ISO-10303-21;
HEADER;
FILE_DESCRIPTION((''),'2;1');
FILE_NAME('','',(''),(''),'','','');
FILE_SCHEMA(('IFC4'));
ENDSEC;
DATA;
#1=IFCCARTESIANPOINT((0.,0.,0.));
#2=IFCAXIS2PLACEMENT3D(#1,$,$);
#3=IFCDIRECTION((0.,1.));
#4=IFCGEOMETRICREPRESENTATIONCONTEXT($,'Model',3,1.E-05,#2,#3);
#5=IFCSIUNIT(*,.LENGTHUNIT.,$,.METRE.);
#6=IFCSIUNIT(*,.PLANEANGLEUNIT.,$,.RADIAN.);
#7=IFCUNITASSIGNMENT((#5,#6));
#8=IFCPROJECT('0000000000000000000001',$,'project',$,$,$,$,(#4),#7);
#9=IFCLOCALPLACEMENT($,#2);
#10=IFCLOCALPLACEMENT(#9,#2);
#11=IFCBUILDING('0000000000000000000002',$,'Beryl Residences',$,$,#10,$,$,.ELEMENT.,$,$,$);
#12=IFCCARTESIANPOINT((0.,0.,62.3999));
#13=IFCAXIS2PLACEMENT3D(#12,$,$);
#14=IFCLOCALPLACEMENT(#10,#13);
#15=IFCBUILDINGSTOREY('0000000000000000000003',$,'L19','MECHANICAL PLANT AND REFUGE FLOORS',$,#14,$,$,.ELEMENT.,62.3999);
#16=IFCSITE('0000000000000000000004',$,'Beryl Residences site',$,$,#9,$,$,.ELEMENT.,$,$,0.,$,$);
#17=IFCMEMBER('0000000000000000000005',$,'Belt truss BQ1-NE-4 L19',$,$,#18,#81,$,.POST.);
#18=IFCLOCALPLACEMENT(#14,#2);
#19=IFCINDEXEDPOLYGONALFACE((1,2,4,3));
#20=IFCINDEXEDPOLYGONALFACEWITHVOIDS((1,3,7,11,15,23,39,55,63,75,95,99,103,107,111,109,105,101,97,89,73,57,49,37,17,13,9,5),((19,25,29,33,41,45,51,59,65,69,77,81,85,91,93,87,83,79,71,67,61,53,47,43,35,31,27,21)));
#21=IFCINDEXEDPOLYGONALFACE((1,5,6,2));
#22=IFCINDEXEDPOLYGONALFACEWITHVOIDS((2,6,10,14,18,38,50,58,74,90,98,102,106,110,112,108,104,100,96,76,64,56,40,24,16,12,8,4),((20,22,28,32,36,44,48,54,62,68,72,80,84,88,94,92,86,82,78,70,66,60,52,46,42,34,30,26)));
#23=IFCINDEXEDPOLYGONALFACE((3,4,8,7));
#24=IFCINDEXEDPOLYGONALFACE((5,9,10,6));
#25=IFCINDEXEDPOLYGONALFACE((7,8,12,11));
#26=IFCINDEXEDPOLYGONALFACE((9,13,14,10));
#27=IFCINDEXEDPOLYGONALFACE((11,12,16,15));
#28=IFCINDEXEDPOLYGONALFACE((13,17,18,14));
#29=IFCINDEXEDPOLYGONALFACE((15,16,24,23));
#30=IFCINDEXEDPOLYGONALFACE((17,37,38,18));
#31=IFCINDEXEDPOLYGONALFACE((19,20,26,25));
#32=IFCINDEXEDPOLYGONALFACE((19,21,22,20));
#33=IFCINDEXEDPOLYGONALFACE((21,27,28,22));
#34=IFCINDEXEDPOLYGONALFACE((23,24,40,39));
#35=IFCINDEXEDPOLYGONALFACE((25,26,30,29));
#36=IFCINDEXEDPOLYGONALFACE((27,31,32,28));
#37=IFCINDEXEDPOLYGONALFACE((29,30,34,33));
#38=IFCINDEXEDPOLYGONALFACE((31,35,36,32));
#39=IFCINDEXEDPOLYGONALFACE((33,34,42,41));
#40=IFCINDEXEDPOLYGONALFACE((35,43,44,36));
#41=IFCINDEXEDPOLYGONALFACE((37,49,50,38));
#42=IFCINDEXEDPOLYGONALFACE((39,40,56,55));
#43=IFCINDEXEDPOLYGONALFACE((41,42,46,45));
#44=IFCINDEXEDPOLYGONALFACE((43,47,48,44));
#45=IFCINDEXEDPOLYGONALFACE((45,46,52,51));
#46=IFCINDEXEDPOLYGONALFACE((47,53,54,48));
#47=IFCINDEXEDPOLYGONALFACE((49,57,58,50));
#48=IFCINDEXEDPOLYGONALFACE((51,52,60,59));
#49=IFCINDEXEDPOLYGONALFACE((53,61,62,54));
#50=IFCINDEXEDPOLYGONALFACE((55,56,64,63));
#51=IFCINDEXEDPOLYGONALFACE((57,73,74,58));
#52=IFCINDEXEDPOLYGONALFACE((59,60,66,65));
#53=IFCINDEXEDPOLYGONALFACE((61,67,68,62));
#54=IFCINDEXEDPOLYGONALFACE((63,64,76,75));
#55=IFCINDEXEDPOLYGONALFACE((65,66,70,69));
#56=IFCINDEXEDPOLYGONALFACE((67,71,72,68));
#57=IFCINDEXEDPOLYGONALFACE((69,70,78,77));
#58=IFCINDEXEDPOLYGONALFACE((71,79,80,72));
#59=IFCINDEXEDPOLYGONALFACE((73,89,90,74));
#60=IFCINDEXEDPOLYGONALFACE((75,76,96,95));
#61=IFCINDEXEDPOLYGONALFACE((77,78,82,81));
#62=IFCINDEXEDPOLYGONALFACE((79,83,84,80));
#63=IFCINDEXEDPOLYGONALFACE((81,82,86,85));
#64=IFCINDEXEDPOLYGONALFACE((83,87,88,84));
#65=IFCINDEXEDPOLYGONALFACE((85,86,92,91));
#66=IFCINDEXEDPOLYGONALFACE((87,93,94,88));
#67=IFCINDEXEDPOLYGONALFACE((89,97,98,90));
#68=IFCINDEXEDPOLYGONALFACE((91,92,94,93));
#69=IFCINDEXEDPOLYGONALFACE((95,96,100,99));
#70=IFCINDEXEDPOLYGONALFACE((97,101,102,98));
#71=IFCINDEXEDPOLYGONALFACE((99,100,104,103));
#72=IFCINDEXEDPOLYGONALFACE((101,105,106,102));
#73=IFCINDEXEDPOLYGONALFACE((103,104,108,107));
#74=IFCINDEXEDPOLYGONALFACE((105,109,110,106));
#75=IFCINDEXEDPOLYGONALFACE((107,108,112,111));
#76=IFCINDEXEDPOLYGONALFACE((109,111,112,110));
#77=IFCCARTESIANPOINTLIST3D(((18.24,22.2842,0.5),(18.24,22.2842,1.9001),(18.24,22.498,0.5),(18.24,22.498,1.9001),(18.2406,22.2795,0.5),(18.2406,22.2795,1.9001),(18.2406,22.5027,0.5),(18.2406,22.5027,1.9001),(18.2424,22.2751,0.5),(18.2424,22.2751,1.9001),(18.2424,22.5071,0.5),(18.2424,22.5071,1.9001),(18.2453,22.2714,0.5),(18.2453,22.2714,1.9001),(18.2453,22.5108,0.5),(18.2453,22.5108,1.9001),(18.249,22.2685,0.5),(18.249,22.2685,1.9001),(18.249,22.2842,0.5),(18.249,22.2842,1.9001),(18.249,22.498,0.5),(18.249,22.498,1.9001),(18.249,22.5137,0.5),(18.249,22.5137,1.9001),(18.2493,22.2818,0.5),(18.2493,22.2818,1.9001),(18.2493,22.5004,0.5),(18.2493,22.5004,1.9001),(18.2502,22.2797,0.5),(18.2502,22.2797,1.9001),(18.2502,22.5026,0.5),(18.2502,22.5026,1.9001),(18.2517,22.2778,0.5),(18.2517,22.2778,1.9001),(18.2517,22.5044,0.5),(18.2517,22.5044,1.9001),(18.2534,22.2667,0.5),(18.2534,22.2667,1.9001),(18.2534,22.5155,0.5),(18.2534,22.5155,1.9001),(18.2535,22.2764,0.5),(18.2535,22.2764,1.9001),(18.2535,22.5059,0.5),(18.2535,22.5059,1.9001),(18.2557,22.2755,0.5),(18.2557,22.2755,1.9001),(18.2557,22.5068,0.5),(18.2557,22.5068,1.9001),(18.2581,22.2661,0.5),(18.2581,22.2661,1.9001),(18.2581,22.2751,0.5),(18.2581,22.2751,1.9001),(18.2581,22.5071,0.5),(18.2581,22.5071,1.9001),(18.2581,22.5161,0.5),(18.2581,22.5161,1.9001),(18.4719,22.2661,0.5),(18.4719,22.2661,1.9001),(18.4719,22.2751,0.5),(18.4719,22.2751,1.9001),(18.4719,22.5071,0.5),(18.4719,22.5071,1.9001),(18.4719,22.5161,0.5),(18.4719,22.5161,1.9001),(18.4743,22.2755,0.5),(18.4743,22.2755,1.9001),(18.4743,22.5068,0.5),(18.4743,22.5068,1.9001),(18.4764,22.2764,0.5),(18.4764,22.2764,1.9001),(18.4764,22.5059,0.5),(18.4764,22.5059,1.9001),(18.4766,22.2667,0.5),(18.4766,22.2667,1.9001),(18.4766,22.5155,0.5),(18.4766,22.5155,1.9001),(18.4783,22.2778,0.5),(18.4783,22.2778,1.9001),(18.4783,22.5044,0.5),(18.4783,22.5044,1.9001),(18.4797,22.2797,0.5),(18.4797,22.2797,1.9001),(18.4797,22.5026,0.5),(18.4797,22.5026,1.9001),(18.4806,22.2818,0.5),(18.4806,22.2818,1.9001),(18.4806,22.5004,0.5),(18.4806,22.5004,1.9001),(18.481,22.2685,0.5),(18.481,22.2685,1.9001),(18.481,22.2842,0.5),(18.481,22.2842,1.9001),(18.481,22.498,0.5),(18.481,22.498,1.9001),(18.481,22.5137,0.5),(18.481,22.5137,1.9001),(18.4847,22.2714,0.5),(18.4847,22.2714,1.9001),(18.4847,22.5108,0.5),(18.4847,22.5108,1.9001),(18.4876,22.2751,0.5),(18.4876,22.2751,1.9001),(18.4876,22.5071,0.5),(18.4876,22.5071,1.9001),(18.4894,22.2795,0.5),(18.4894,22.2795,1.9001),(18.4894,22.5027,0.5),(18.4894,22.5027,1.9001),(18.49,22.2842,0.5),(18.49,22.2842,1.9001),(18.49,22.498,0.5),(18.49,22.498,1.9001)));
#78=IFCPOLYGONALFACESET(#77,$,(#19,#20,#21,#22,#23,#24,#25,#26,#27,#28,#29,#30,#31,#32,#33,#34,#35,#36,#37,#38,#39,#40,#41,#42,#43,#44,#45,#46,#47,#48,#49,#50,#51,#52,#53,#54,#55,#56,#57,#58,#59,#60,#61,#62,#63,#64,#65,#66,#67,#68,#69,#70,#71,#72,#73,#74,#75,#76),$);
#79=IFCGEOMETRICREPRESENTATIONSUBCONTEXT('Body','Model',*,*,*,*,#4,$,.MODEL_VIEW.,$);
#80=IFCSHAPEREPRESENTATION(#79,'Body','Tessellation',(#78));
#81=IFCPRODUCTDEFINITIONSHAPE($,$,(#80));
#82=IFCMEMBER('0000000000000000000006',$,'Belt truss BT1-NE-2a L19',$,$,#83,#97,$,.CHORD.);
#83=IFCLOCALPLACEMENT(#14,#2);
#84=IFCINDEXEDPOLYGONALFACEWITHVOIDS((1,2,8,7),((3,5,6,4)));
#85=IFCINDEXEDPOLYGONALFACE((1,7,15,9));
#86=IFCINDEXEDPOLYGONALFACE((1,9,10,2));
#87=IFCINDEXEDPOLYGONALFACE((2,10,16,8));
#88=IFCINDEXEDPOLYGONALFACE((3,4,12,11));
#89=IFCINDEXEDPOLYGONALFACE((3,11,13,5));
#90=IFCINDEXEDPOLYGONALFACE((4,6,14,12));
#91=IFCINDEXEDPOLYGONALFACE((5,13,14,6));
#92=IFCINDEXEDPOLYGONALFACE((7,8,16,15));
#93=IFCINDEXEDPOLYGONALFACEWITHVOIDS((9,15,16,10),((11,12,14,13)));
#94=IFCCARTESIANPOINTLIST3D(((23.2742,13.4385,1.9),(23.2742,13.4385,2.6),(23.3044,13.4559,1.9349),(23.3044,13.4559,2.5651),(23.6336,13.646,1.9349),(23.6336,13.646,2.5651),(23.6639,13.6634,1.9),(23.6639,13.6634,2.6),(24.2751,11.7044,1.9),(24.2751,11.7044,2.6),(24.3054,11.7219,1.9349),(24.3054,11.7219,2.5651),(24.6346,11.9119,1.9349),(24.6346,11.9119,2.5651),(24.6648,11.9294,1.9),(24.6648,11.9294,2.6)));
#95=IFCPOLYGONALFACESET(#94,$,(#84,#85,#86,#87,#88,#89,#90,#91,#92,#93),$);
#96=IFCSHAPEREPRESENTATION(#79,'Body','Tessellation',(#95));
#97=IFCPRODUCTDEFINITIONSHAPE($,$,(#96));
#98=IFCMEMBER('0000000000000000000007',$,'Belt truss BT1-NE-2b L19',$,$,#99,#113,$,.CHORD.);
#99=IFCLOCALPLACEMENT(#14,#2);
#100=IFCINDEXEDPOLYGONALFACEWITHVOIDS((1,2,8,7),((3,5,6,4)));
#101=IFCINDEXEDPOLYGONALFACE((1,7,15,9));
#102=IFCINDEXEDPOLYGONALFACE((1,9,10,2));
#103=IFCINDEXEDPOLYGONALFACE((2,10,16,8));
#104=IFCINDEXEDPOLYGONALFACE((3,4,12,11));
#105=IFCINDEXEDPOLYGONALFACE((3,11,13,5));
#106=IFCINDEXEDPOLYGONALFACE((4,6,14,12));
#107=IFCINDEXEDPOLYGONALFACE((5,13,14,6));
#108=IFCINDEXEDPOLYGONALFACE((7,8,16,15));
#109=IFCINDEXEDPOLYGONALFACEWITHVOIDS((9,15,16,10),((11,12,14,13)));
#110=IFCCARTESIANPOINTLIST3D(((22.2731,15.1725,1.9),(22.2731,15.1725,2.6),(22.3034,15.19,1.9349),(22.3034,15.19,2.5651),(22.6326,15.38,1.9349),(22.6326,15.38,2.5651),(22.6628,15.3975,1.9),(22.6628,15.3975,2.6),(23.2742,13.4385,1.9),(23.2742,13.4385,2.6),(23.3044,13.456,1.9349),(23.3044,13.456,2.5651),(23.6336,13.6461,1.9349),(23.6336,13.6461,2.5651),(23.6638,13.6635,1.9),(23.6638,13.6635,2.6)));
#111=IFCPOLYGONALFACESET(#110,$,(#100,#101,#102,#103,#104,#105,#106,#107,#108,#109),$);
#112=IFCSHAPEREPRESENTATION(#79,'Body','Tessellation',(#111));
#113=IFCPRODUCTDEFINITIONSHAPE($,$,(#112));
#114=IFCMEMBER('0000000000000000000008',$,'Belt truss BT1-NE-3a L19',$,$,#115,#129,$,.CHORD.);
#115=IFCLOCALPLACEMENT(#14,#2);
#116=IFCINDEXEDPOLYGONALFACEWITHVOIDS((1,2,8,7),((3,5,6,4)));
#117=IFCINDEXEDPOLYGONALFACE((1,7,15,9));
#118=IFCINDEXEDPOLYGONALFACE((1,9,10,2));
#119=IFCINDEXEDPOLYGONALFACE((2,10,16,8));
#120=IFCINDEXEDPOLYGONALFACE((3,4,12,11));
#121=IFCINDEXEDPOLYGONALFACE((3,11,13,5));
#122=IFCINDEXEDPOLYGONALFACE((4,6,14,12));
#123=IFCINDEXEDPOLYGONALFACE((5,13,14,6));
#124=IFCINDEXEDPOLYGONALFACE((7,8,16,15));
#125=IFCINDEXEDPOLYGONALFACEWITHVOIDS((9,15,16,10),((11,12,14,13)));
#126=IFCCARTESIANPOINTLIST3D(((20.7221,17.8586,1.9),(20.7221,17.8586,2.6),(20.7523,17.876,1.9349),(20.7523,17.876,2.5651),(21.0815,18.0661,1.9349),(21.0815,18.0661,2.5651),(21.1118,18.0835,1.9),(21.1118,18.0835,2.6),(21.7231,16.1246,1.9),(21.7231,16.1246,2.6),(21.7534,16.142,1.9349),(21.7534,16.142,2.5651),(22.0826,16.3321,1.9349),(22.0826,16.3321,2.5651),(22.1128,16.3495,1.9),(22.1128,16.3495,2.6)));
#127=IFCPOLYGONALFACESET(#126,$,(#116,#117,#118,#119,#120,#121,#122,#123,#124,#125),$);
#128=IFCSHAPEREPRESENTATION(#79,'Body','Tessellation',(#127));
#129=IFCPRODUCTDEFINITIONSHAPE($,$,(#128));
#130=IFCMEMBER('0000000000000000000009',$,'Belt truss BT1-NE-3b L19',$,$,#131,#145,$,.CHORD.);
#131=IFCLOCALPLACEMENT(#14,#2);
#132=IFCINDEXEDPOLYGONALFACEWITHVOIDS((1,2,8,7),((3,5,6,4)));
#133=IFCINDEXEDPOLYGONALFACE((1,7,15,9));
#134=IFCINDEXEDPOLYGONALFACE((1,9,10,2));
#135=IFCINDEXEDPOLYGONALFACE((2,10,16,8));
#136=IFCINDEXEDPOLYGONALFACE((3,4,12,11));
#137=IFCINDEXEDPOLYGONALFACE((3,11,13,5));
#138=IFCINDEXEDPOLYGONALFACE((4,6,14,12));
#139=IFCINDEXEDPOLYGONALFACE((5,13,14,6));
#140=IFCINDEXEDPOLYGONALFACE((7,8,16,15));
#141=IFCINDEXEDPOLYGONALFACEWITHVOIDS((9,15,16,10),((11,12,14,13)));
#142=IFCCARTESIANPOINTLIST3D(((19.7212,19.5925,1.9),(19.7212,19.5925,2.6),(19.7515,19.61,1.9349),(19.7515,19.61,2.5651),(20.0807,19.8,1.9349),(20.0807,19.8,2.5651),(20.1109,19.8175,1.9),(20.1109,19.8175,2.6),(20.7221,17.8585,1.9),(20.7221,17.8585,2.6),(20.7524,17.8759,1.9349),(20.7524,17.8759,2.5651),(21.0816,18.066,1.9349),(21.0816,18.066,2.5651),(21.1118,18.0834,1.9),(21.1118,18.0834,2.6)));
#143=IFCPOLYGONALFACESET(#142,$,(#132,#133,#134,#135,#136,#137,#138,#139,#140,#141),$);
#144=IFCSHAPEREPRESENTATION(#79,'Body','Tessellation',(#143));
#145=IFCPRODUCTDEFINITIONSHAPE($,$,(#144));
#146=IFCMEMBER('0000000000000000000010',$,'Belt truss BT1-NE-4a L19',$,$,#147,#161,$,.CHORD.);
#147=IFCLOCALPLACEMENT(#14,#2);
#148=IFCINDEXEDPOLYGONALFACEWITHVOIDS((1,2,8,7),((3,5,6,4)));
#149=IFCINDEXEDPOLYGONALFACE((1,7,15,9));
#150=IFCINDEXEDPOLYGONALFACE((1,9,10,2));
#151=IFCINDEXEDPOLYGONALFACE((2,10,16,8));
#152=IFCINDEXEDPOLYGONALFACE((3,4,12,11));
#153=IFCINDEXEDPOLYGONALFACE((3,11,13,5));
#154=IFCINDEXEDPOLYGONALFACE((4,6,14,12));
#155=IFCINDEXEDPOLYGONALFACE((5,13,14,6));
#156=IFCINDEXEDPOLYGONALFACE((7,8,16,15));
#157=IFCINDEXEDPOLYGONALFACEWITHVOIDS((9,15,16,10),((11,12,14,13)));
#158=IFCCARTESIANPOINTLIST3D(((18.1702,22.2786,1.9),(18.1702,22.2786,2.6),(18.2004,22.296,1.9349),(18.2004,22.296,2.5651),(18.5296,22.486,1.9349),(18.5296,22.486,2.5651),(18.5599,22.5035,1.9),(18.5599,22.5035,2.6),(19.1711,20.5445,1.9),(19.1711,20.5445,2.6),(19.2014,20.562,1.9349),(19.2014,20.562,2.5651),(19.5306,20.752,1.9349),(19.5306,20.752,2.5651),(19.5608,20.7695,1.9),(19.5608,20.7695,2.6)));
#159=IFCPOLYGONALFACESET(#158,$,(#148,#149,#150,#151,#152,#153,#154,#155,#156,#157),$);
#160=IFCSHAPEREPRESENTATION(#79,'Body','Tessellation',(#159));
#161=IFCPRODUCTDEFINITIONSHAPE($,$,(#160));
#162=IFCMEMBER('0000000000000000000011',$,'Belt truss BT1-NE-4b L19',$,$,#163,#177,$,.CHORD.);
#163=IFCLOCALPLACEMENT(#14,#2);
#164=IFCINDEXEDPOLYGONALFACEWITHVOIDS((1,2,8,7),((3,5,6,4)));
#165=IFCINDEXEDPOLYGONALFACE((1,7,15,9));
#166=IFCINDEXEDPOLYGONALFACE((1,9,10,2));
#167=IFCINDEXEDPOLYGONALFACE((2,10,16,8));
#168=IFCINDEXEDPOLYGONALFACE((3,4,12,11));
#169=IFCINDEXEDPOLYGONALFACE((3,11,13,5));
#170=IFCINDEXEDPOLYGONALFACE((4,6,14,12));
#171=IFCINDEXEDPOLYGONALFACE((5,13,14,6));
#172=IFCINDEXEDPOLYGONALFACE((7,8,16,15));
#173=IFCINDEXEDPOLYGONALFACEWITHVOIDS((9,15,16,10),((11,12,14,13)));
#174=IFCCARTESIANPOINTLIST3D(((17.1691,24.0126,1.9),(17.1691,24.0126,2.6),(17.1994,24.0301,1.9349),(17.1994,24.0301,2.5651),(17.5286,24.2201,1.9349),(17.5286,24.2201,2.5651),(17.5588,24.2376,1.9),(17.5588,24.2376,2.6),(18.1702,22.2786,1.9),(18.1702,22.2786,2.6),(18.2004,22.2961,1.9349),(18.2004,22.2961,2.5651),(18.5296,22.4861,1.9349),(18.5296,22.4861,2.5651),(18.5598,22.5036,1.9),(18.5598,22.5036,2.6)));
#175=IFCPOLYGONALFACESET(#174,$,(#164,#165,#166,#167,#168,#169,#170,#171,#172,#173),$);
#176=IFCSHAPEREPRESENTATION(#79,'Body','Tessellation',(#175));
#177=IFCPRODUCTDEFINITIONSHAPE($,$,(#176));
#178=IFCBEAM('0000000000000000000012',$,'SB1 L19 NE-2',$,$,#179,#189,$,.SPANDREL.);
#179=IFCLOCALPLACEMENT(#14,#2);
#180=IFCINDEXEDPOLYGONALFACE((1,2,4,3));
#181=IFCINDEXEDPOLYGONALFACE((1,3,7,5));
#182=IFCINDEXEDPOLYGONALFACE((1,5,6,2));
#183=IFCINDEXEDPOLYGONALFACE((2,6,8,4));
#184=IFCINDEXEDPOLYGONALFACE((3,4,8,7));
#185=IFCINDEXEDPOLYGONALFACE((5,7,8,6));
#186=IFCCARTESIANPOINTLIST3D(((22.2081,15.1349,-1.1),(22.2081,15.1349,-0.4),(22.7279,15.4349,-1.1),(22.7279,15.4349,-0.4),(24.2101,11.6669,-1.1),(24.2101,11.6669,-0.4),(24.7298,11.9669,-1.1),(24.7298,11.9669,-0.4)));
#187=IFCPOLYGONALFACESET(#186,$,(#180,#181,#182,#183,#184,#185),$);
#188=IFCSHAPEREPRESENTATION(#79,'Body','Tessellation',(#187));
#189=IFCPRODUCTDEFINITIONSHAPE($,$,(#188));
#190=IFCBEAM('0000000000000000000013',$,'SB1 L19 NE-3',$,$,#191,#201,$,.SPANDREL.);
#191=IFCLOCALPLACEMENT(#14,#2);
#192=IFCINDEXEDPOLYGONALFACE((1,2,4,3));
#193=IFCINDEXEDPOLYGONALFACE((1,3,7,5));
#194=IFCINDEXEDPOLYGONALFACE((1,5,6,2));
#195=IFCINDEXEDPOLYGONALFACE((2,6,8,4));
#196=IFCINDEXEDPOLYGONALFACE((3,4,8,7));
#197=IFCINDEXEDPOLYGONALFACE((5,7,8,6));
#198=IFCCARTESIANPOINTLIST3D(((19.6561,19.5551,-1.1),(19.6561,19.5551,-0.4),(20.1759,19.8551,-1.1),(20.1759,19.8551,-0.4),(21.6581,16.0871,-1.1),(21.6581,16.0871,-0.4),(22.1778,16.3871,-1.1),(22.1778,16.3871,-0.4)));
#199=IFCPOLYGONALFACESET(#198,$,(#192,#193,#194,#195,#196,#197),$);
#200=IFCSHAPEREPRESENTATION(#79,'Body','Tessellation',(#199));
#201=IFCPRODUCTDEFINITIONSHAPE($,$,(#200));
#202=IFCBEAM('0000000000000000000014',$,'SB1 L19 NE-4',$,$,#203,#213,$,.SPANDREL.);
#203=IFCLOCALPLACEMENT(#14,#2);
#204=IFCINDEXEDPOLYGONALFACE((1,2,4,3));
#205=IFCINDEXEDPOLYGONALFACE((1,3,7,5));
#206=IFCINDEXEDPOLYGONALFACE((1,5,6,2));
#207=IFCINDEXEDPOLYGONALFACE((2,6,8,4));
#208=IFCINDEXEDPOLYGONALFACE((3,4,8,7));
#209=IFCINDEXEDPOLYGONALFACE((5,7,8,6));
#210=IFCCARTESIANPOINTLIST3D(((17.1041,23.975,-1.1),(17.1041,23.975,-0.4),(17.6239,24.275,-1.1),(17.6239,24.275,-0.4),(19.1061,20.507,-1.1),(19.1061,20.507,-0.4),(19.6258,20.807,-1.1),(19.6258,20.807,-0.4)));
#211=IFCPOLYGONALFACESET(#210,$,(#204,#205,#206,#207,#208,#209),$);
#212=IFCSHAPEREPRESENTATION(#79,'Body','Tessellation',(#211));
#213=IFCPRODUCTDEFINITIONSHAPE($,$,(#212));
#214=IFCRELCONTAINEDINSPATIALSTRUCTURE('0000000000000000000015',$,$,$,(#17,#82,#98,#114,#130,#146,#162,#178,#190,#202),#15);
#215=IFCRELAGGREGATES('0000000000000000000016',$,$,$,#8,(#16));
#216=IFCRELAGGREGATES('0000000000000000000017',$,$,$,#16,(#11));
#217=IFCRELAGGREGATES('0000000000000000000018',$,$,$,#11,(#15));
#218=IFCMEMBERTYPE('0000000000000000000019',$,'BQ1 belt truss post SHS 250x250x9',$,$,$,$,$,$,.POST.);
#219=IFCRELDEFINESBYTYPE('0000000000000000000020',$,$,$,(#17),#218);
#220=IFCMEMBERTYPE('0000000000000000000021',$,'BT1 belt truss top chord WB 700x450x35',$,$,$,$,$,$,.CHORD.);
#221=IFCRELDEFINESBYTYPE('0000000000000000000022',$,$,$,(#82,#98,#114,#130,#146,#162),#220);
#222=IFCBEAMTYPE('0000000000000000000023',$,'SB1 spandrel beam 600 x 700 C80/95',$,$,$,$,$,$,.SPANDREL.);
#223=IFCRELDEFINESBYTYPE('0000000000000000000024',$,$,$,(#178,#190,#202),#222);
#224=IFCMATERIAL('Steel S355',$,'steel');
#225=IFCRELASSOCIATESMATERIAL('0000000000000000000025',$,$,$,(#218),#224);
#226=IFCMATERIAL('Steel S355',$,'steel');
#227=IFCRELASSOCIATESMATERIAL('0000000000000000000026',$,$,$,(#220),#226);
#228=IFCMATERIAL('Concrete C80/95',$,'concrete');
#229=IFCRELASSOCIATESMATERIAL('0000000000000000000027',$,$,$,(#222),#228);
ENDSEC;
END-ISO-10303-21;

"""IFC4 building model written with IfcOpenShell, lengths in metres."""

from ifc_helpers import new_model, si_unit, direction, frame, origin, origin_2d, place, context, subcontext, project, spatial, rectangle, hollow_rectangle, extrude, material, material_profile, profile_set, type_object, element, save


model = new_model("IFC4")

# Units and contexts
model_context = context("Model", 3, precision=1e-05, world=origin(), true_north=direction((0.0, 1.0)))
body_context = subcontext(model_context, "Body", "Model", "MODEL_VIEW")
ifc_project = project(units=[si_unit("LENGTHUNIT", "METRE"), si_unit("PLANEANGLEUNIT", "RADIAN")], contexts=[model_context])

# Site, building, storey
site_placement = place(None, origin())
site = spatial("IfcSite", under=ifc_project, at=site_placement, Name="Beryl Residences site", CompositionType="ELEMENT", RefElevation=0.0)
building_placement = place(site_placement, origin())
building = spatial("IfcBuilding", under=site, at=building_placement, Name="Beryl Residences", CompositionType="ELEMENT")
storey_placement = place(building_placement, frame((0.0, 0.0, 62.3999)))
storey = spatial("IfcBuildingStorey", under=building, at=storey_placement, Name="L19", Description="MECHANICAL PLANT AND REFUGE FLOORS", CompositionType="ELEMENT", Elevation=62.3999)

# Members
ifc_material_1 = material(Name="Steel S355", Category="steel")
ifc_material_profile_1 = material_profile(ifc_material_1, hollow_rectangle(XDim=0.25, YDim=0.25, WallThickness=0.009, InnerFilletRadius=0.009, OuterFilletRadius=0.0181, at=origin_2d()))
ifc_profile_set_1 = profile_set([ifc_material_profile_1], Name="Steel S355")
member_type_1 = type_object("IfcMemberType", Name="BQ1 belt truss post SHS 250x250x9", PredefinedType="POST", material=ifc_profile_set_1)
for number, where, z_axis, x_axis, name in (
    (1, (18.365, 22.3911, 0.5), (0.0, 0.0, 1.0), (1.0, 0.0, 0.0), "Belt truss BQ1-NE-4 L19"),
):
    element("IfcMember", number, at=place(storey_placement, frame(where, z_axis=z_axis, x_axis=x_axis)), inside=storey, type_object=member_type_1, Name=name, PredefinedType="POST", context=body_context, shape_type="SweptSolid", body=[
        extrude(hollow_rectangle(XDim=0.25, YDim=0.25, WallThickness=0.009, InnerFilletRadius=0.009, OuterFilletRadius=0.0181, at=origin_2d()), origin(), (0.0, 0.0, 1.0), 1.4001),
    ])
ifc_material_2 = material(Name="Steel S355", Category="steel")
ifc_material_profile_2 = material_profile(ifc_material_2, hollow_rectangle(XDim=0.45, YDim=0.7, WallThickness=0.0349, at=origin_2d()))
ifc_profile_set_2 = profile_set([ifc_material_profile_2], Name="Steel S355")
member_type_2 = type_object("IfcMemberType", Name="BT1 belt truss top chord WB 700x450x35", PredefinedType="CHORD", material=ifc_profile_set_2)
for number, where, z_axis, x_axis, name in (
    (2, (24.47, 11.8169, 2.25), (-0.499916, 0.866074, 0.0), (-0.866074, -0.499916, 0.0), "Belt truss BT1-NE-2a L19"),
    (3, (23.469, 13.551, 2.25), (-0.499969, 0.866043, 0.0), (-0.866043, -0.499969, 0.0), "Belt truss BT1-NE-2b L19"),
    (4, (21.918, 16.2371, 2.25), (-0.499969, 0.866043, 0.0), (-0.866043, -0.499969, 0.0), "Belt truss BT1-NE-3a L19"),
    (5, (20.917, 17.9709, 2.25), (-0.499916, 0.866074, 0.0), (-0.866074, -0.499916, 0.0), "Belt truss BT1-NE-3b L19"),
    (6, (19.366, 20.657, 2.25), (-0.499916, 0.866074, 0.0), (-0.866074, -0.499916, 0.0), "Belt truss BT1-NE-4a L19"),
    (7, (18.365, 22.3911, 2.25), (-0.499969, 0.866043, 0.0), (-0.866043, -0.499969, 0.0), "Belt truss BT1-NE-4b L19"),
):
    element("IfcMember", number, at=place(storey_placement, frame(where, z_axis=z_axis, x_axis=x_axis)), inside=storey, type_object=member_type_2, Name=name, PredefinedType="CHORD", context=body_context, shape_type="SweptSolid", body=[
        extrude(hollow_rectangle(XDim=0.45, YDim=0.7, WallThickness=0.0349, at=origin_2d()), origin(), (0.0, 0.0, 1.0), 2.0022),
    ])

# Beams
ifc_material_3 = material(Name="Concrete C80/95", Category="concrete")
ifc_material_profile_3 = material_profile(ifc_material_3, rectangle(XDim=0.6001, YDim=0.7, at=origin_2d()))
ifc_profile_set_3 = profile_set([ifc_material_profile_3], Name="Concrete C80/95")
beam_type = type_object("IfcBeamType", Name="SB1 spandrel beam 600 x 700 C80/95", PredefinedType="SPANDREL", material=ifc_profile_set_3)
for number, where, z_axis, x_axis, name in (
    (8, (24.47, 11.8169, -0.75), (-0.499942, 0.866059, 0.0), (-0.866059, -0.499942, 0.0), "SB1 L19 NE-2"),
    (9, (21.918, 16.2371, -0.75), (-0.499942, 0.866059, 0.0), (-0.866059, -0.499942, 0.0), "SB1 L19 NE-3"),
    (10, (19.366, 20.657, -0.75), (-0.499942, 0.866059, 0.0), (-0.866059, -0.499942, 0.0), "SB1 L19 NE-4"),
):
    element("IfcBeam", number, at=place(storey_placement, frame(where, z_axis=z_axis, x_axis=x_axis)), inside=storey, type_object=beam_type, Name=name, PredefinedType="SPANDREL", context=body_context, shape_type="SweptSolid", body=[
        extrude(rectangle(XDim=0.6001, YDim=0.7, at=origin_2d()), origin(), (0.0, 0.0, 1.0), 4.0044),
    ])

save(model, "model.ifc")
